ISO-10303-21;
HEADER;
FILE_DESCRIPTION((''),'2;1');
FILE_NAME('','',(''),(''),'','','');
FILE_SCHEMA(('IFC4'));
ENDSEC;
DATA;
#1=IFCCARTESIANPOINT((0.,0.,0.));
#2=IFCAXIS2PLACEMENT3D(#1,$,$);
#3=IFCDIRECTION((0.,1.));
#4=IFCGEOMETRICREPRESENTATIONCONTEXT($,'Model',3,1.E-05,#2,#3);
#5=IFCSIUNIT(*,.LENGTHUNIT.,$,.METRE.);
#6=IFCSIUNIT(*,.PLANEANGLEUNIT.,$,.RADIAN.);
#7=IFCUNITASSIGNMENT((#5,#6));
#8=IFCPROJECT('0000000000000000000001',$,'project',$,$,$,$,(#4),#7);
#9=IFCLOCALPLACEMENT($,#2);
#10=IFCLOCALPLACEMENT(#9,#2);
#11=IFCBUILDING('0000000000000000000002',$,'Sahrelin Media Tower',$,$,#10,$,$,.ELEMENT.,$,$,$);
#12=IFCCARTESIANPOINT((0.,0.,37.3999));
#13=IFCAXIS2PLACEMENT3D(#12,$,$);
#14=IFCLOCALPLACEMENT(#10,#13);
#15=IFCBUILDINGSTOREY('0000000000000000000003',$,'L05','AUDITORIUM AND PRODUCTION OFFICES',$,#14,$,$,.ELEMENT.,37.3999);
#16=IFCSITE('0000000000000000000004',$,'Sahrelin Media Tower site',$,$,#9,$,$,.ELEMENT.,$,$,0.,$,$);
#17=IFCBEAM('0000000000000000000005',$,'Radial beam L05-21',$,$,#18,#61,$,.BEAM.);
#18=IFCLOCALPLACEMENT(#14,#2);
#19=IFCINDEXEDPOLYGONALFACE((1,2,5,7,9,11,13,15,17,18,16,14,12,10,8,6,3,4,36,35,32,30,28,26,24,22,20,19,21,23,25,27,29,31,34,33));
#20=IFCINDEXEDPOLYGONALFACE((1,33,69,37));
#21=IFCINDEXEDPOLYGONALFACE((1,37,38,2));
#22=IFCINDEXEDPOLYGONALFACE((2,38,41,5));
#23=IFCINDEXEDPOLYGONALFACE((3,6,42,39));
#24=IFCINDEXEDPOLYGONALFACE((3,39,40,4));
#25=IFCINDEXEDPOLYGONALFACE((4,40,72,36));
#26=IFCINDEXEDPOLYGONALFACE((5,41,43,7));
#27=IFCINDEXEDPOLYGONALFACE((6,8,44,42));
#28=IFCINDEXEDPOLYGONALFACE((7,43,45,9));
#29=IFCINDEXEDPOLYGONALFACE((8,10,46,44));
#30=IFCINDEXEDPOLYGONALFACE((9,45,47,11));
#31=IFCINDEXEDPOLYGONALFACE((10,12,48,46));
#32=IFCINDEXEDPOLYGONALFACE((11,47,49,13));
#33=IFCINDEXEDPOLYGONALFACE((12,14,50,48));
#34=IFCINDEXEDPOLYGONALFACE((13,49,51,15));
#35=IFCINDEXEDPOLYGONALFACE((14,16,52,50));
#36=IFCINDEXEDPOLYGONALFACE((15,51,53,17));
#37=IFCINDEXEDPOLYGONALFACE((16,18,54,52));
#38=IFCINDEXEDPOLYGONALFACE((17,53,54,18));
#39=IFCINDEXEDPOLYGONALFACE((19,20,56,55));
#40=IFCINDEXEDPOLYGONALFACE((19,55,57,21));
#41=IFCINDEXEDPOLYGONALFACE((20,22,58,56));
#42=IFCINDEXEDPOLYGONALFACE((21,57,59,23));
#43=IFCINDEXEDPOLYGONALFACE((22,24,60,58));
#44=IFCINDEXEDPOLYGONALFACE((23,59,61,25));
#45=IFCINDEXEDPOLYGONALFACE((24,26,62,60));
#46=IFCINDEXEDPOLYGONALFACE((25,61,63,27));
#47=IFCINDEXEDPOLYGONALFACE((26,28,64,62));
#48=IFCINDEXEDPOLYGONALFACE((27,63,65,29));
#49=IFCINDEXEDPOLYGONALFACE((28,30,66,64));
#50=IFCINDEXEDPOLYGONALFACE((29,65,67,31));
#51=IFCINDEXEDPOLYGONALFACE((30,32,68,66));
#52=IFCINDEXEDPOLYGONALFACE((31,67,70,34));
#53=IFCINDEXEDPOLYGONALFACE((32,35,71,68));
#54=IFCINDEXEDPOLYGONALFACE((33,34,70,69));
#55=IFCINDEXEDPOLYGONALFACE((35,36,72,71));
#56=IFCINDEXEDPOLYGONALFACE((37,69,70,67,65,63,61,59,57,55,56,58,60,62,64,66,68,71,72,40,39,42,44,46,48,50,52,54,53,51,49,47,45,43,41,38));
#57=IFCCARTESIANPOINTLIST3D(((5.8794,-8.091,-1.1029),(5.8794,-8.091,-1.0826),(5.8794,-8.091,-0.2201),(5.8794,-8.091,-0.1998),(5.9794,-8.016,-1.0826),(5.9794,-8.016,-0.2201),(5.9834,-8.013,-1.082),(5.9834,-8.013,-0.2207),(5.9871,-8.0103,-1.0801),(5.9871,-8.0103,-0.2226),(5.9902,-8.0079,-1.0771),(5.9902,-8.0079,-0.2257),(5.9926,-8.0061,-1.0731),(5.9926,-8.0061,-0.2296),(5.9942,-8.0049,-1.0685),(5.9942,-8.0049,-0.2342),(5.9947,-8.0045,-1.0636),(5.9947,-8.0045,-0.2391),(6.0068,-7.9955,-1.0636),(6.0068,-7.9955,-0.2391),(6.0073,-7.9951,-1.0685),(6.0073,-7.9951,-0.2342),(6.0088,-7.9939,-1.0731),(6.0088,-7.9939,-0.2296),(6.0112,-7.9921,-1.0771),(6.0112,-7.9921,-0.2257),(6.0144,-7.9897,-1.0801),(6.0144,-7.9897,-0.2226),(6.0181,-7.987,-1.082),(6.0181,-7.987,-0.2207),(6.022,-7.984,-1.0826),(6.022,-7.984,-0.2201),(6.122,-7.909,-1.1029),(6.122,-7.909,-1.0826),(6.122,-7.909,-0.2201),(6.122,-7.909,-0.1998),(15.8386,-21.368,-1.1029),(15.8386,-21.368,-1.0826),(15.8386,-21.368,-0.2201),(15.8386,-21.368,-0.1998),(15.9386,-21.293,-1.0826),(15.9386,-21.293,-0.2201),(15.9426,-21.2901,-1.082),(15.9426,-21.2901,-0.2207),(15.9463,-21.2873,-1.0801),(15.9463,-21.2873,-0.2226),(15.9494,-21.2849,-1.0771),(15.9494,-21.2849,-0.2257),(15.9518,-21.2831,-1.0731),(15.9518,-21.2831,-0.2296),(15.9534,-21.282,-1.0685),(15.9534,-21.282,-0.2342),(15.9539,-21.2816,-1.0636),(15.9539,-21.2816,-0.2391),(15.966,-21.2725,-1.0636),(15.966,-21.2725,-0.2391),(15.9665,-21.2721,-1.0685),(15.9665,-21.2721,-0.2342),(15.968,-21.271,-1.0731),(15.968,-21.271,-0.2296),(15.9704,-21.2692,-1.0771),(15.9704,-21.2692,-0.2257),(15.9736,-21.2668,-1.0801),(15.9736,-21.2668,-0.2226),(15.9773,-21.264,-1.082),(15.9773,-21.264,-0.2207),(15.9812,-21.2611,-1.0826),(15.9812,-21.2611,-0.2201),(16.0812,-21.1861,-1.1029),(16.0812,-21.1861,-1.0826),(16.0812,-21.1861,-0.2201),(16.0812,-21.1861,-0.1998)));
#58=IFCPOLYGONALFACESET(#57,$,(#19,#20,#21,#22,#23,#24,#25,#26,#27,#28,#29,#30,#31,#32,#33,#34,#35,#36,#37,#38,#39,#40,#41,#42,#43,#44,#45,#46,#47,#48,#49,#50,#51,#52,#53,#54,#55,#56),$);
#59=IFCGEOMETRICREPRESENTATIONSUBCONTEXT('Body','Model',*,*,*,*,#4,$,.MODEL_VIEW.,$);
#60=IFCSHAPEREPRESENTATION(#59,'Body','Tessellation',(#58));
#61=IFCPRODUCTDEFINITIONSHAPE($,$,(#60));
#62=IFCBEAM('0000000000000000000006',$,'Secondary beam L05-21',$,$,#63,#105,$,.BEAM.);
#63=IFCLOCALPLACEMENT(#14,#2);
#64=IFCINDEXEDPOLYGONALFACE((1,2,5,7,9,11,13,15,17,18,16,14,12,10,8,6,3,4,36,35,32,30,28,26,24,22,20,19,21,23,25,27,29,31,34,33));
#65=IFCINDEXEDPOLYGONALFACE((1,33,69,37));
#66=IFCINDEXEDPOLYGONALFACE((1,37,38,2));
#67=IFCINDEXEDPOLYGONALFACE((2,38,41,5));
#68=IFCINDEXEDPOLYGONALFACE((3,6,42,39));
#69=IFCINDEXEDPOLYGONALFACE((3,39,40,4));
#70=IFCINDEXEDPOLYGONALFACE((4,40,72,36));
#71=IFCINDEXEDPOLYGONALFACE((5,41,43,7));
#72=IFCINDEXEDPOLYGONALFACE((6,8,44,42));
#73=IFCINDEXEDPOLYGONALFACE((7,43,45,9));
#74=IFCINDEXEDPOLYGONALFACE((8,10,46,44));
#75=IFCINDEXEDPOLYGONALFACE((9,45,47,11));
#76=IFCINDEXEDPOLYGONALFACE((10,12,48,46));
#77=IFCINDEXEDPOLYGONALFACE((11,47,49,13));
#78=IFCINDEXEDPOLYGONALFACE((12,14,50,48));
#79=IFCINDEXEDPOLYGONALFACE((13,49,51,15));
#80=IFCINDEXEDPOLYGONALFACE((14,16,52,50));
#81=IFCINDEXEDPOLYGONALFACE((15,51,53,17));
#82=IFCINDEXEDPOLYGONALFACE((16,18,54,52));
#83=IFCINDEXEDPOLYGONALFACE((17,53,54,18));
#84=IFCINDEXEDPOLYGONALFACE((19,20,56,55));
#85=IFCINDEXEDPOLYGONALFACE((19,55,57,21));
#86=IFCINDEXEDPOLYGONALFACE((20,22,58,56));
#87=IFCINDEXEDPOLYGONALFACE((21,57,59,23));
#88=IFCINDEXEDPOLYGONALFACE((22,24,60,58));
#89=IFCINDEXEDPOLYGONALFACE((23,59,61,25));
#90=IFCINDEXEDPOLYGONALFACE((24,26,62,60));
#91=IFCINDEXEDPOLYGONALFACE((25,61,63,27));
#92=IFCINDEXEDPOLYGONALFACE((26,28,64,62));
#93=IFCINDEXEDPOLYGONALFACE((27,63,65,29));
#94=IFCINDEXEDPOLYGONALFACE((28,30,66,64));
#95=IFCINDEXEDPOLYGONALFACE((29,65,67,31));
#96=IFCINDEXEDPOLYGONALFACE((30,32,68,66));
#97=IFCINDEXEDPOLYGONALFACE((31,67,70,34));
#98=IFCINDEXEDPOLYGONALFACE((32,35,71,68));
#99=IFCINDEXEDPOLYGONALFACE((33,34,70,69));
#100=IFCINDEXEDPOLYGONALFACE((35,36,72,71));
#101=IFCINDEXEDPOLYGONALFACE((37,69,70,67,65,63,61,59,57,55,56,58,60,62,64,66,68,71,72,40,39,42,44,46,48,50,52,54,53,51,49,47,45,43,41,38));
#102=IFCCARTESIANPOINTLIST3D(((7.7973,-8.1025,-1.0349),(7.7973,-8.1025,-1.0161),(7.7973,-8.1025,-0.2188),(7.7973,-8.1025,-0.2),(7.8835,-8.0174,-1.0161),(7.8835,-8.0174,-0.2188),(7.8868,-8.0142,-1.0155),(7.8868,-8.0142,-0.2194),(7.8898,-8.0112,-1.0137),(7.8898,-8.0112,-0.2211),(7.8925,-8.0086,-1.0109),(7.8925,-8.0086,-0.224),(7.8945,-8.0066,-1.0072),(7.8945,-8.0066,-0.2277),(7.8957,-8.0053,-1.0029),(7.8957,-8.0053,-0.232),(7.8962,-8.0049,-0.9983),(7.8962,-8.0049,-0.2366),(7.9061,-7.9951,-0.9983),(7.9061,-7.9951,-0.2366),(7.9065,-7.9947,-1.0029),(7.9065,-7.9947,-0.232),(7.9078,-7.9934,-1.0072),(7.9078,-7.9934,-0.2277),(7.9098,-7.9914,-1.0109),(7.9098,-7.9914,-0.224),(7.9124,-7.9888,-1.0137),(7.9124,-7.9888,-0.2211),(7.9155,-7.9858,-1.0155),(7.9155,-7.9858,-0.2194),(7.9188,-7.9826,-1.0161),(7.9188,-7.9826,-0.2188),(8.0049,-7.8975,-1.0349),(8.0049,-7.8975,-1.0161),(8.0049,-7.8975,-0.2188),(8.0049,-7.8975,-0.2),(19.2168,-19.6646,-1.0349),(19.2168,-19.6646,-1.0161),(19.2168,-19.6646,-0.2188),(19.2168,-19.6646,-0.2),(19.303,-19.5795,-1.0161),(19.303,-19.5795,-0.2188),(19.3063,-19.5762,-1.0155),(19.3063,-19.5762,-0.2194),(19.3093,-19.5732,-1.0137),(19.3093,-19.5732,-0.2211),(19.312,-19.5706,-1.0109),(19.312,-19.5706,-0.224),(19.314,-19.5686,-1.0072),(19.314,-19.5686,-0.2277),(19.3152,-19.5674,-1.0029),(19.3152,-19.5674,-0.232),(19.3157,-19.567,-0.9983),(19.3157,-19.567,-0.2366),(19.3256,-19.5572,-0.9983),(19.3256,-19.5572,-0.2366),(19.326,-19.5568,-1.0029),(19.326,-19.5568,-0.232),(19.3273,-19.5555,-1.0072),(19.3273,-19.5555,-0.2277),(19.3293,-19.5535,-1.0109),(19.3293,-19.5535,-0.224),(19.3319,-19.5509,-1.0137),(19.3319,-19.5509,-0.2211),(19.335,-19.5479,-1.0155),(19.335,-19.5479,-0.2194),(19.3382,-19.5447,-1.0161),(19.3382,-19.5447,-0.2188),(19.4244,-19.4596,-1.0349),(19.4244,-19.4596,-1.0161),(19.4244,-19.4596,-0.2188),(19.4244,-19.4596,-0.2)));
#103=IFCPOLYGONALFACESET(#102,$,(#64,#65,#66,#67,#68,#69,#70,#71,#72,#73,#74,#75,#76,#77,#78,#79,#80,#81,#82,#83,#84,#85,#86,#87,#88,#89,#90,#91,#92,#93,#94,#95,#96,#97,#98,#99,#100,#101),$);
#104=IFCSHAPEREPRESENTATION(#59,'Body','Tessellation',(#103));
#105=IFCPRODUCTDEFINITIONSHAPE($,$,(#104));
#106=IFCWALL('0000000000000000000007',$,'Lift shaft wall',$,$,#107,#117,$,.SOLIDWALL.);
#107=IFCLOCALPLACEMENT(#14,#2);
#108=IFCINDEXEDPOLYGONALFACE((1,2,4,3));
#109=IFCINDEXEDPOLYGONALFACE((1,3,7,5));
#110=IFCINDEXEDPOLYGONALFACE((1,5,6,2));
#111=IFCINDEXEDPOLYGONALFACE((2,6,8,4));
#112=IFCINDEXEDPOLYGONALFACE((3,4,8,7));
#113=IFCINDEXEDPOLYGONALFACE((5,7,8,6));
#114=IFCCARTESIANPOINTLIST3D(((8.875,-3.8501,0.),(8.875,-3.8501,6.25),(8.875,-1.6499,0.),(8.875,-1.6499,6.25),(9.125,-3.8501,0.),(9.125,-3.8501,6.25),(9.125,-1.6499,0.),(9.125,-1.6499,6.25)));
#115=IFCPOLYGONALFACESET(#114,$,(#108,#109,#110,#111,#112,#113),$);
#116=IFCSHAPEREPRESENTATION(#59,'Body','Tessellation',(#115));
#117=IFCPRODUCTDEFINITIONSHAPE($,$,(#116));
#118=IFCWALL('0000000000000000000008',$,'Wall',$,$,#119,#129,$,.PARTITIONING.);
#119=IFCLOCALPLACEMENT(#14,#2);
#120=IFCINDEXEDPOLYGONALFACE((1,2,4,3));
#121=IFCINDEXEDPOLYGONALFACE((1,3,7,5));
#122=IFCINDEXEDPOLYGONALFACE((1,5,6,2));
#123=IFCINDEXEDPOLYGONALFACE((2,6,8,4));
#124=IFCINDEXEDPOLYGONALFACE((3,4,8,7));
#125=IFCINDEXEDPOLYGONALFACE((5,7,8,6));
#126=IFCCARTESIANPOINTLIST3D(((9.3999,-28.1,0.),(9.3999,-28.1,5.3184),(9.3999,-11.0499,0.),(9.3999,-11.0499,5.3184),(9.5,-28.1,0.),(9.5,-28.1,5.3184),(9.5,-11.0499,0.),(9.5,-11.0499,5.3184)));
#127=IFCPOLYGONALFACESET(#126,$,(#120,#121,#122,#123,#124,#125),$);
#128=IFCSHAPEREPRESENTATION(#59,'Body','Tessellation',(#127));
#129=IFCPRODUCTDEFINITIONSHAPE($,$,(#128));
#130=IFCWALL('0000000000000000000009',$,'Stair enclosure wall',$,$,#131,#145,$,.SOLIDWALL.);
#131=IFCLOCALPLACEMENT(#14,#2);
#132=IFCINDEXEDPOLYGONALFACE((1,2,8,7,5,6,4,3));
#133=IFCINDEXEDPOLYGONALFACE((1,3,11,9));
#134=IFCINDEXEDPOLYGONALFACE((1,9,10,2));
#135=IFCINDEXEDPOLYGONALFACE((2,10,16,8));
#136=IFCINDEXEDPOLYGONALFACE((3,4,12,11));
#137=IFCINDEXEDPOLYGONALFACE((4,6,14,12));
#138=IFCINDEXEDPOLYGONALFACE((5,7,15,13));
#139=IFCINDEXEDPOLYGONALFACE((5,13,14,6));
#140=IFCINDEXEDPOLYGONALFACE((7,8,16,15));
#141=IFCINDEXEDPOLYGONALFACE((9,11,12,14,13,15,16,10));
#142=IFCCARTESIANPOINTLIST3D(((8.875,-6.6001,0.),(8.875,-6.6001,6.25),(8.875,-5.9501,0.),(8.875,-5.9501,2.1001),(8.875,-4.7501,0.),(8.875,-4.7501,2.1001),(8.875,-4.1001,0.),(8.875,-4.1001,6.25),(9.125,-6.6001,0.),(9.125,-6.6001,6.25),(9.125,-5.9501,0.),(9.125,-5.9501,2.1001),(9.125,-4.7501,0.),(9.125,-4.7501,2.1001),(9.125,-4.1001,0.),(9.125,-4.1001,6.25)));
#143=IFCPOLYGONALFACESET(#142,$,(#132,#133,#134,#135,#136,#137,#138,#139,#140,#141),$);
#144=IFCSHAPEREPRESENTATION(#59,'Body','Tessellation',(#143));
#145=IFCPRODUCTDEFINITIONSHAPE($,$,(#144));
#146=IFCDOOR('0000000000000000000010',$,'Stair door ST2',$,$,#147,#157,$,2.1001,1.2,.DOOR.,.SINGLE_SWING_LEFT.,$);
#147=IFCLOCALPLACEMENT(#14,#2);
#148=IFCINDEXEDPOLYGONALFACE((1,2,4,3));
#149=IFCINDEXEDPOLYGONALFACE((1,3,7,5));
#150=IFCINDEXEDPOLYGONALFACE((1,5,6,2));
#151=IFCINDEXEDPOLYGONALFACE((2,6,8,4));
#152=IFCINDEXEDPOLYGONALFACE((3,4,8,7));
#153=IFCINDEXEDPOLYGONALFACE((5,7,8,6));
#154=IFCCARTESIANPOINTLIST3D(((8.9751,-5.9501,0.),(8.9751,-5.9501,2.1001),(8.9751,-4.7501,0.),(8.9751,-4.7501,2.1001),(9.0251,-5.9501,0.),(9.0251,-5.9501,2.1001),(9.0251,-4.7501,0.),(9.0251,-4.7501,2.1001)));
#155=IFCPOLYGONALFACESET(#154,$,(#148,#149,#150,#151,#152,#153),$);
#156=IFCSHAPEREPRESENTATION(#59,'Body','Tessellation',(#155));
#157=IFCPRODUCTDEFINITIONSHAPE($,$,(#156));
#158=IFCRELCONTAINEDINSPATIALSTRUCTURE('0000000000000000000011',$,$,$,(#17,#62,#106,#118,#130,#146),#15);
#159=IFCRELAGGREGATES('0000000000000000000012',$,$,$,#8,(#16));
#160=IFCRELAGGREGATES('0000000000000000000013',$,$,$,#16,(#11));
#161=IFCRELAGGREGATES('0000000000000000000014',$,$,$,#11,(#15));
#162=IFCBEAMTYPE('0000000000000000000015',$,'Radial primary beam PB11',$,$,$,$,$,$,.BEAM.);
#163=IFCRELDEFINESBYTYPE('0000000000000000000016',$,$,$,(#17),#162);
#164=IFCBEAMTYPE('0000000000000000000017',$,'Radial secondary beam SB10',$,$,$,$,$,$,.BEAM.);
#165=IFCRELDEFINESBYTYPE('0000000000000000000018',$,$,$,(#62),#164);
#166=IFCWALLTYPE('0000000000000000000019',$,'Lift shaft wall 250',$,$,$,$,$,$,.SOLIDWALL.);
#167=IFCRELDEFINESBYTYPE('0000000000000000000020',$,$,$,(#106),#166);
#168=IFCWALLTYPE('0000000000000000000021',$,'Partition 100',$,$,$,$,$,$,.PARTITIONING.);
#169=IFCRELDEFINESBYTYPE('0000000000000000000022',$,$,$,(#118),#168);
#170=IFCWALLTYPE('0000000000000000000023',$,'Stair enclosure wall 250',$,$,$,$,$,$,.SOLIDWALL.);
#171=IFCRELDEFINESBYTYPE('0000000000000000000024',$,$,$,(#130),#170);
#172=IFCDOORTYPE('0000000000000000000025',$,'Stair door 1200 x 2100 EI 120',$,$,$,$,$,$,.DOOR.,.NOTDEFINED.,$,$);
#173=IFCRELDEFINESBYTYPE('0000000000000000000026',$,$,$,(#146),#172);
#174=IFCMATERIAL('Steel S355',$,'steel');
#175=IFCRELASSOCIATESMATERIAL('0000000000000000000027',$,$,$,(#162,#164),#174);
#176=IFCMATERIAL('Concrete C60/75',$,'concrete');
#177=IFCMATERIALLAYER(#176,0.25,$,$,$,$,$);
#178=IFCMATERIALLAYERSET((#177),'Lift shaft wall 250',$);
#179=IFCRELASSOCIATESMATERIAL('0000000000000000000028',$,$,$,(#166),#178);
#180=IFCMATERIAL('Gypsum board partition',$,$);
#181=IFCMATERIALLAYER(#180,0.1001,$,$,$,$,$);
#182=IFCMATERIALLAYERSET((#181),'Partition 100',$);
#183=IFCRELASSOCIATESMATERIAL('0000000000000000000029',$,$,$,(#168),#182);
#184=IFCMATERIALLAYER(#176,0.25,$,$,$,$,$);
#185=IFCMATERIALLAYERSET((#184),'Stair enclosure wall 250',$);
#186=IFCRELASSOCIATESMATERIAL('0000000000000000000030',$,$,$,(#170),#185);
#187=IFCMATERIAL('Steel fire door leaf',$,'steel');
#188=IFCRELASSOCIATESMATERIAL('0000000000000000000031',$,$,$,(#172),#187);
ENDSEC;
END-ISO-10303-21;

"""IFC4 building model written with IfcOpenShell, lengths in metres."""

from ifc_helpers import new_model, si_unit, direction, frame, frame_2d, origin, origin_2d, place, context, subcontext, project, spatial, rectangle, i_section, extrude, material, layer, layer_set, material_profile, profile_set, type_object, element, fill, save


model = new_model("IFC4")

# Units and contexts
model_context = context("Model", 3, precision=1e-05, world=origin(), true_north=direction((0.0, 1.0)))
body_context = subcontext(model_context, "Body", "Model", "MODEL_VIEW")
ifc_project = project(units=[si_unit("LENGTHUNIT", "METRE"), si_unit("PLANEANGLEUNIT", "RADIAN")], contexts=[model_context])

# Site, building, storey
site_placement = place(None, origin())
site = spatial("IfcSite", under=ifc_project, at=site_placement, Name="Sahrelin Media Tower site", CompositionType="ELEMENT", RefElevation=0.0)
building_placement = place(site_placement, origin())
building = spatial("IfcBuilding", under=site, at=building_placement, Name="Sahrelin Media Tower", CompositionType="ELEMENT")
storey_placement = place(building_placement, frame((0.0, 0.0, 37.3999)))
storey = spatial("IfcBuildingStorey", under=building, at=storey_placement, Name="L05", Description="AUDITORIUM AND PRODUCTION OFFICES", CompositionType="ELEMENT", Elevation=37.3999)

# Beams
ifc_material_1 = material(Name="Steel S355", Category="steel")
ifc_material_profile_1 = material_profile(ifc_material_1, i_section(OverallWidth=0.3032, OverallDepth=0.9031, WebThickness=0.0151, FlangeThickness=0.0203, FilletRadius=0.019, at=origin_2d()), Name="UB 914x305x201")
ifc_profile_set_1 = profile_set([ifc_material_profile_1], Name="Steel S355")
beam_type_1 = type_object("IfcBeamType", Name="Radial primary beam PB11", PredefinedType="BEAM", material=ifc_profile_set_1)
beam_1_placement = place(storey_placement, frame((6.0007, -8.0, -0.6514), z_axis=(0.600054, -0.799959, 0.0), x_axis=(0.799959, 0.600054, 0.0)))
element("IfcBeam", 1, at=beam_1_placement, inside=storey, type_object=beam_type_1, Name="Radial beam L05-21", PredefinedType="BEAM", context=body_context, shape_type="SweptSolid", body=[
    extrude(i_section(OverallWidth=0.3032, OverallDepth=0.9031, WebThickness=0.0151, FlangeThickness=0.0203, FilletRadius=0.019, at=origin_2d()), origin(), (0.0, 0.0, 1.0), 16.5972),
])
ifc_material_profile_2 = material_profile(ifc_material_1, i_section(OverallWidth=0.2917, OverallDepth=0.835, WebThickness=0.0139, FlangeThickness=0.0188, FilletRadius=0.0178, at=origin_2d()), Name="UB 838x292x176")
ifc_profile_set_2 = profile_set([ifc_material_profile_2], Name="Steel S355")
beam_type_2 = type_object("IfcBeamType", Name="Radial secondary beam SB10", PredefinedType="BEAM", material=ifc_profile_set_2)
beam_2_placement = place(storey_placement, frame((7.9011, -8.0, -0.6174), z_axis=(0.702706, -0.71148, 0.0), x_axis=(0.71148, 0.702706, 0.0)))
element("IfcBeam", 2, at=beam_2_placement, inside=storey, type_object=beam_type_2, Name="Secondary beam L05-21", PredefinedType="BEAM", context=body_context, shape_type="SweptSolid", body=[
    extrude(i_section(OverallWidth=0.2917, OverallDepth=0.835, WebThickness=0.0139, FlangeThickness=0.0188, FilletRadius=0.0178, at=origin_2d()), origin(), (0.0, 0.0, 1.0), 16.2507),
])

# Walls
ifc_material_2 = material(Name="Concrete C60/75", Category="concrete")
ifc_layer_1 = layer(ifc_material_2, 0.25)
ifc_layer_set_1 = layer_set([ifc_layer_1], Name="Lift shaft wall 250")
wall_type_1 = type_object("IfcWallType", Name="Lift shaft wall 250", PredefinedType="SOLIDWALL", material=ifc_layer_set_1)
wall_1_placement = place(storey_placement, frame((9.0, -3.8501, 0.0), z_axis=(0.0, 0.0, 1.0), x_axis=(0.0, 1.0, 0.0)))
element("IfcWall", 3, at=wall_1_placement, inside=storey, type_object=wall_type_1, Name="Lift shaft wall", PredefinedType="SOLIDWALL", context=body_context, shape_type="SweptSolid", body=[
    extrude(rectangle(XDim=2.2002, YDim=0.25, at=frame_2d((1.1001, 0.0))), origin(), (0.0, 0.0, 1.0), 6.25),
])
ifc_material_3 = material(Name="Gypsum board partition")
ifc_layer_2 = layer(ifc_material_3, 0.1001)
ifc_layer_set_2 = layer_set([ifc_layer_2], Name="Partition 100")
wall_type_2 = type_object("IfcWallType", Name="Partition 100", PredefinedType="PARTITIONING", material=ifc_layer_set_2)
wall_2_placement = place(storey_placement, frame((9.45, -11.05, 0.0), z_axis=(0.0, 0.0, 1.0), x_axis=(0.0, -1.0, 0.0)))
element("IfcWall", 4, at=wall_2_placement, inside=storey, type_object=wall_type_2, Name="Wall", PredefinedType="PARTITIONING", context=body_context, shape_type="SweptSolid", body=[
    extrude(rectangle(XDim=17.05, YDim=0.1001, at=frame_2d((8.5249, 0.0))), origin(), (0.0, 0.0, 1.0), 5.3184),
])

# Wall, opening, door
ifc_layer_3 = layer(ifc_material_2, 0.25)
ifc_layer_set_3 = layer_set([ifc_layer_3], Name="Stair enclosure wall 250")
wall_type_3 = type_object("IfcWallType", Name="Stair enclosure wall 250", PredefinedType="SOLIDWALL", material=ifc_layer_set_3)
wall_3_placement = place(storey_placement, frame((9.0, -6.6001, 0.0), z_axis=(0.0, 0.0, 1.0), x_axis=(0.0, 1.0, 0.0)))
wall_3 = element("IfcWall", 5, at=wall_3_placement, inside=storey, type_object=wall_type_3, Name="Stair enclosure wall", PredefinedType="SOLIDWALL", context=body_context, shape_type="SweptSolid", body=[
    extrude(rectangle(XDim=2.5, YDim=0.25, at=frame_2d((1.25, 0.0))), origin(), (0.0, 0.0, 1.0), 6.25),
])
opening_placement = place(wall_3_placement, frame((0.6499, 0.0, 0.0)))
opening = element("IfcOpeningElement", 6, at=opening_placement, cuts=wall_3, PredefinedType="OPENING", context=body_context, shape_type="SweptSolid", body=[
    extrude(rectangle(XDim=1.2, YDim=2.1001, at=frame_2d((0.6001, 1.05))), frame((0.0, 0.125, 0.0), z_axis=(0.0, -1.0, 0.0), x_axis=(1.0, 0.0, 0.0)), (0.0, 0.0, 1.0), 0.25),
])
ifc_material_4 = material(Name="Steel fire door leaf", Category="steel")
door_type = type_object("IfcDoorType", Name="Stair door 1200 x 2100 EI 120", OperationType="NOTDEFINED", PredefinedType="DOOR", material=ifc_material_4)
door_placement = place(opening_placement, origin())
door = element("IfcDoor", 7, at=door_placement, inside=storey, type_object=door_type, Name="Stair door ST2", OperationType="SINGLE_SWING_LEFT", OverallHeight=2.1001, OverallWidth=1.2, PredefinedType="DOOR", context=body_context, shape_type="SweptSolid", body=[
    extrude(rectangle(XDim=1.2, YDim=2.1001, at=frame_2d((0.6001, 1.05))), frame((0.0, 0.0249, 0.0), z_axis=(0.0, -1.0, 0.0), x_axis=(1.0, 0.0, 0.0)), (0.0, 0.0, 1.0), 0.05),
])
fill(opening, door)

save(model, "model.ifc")
